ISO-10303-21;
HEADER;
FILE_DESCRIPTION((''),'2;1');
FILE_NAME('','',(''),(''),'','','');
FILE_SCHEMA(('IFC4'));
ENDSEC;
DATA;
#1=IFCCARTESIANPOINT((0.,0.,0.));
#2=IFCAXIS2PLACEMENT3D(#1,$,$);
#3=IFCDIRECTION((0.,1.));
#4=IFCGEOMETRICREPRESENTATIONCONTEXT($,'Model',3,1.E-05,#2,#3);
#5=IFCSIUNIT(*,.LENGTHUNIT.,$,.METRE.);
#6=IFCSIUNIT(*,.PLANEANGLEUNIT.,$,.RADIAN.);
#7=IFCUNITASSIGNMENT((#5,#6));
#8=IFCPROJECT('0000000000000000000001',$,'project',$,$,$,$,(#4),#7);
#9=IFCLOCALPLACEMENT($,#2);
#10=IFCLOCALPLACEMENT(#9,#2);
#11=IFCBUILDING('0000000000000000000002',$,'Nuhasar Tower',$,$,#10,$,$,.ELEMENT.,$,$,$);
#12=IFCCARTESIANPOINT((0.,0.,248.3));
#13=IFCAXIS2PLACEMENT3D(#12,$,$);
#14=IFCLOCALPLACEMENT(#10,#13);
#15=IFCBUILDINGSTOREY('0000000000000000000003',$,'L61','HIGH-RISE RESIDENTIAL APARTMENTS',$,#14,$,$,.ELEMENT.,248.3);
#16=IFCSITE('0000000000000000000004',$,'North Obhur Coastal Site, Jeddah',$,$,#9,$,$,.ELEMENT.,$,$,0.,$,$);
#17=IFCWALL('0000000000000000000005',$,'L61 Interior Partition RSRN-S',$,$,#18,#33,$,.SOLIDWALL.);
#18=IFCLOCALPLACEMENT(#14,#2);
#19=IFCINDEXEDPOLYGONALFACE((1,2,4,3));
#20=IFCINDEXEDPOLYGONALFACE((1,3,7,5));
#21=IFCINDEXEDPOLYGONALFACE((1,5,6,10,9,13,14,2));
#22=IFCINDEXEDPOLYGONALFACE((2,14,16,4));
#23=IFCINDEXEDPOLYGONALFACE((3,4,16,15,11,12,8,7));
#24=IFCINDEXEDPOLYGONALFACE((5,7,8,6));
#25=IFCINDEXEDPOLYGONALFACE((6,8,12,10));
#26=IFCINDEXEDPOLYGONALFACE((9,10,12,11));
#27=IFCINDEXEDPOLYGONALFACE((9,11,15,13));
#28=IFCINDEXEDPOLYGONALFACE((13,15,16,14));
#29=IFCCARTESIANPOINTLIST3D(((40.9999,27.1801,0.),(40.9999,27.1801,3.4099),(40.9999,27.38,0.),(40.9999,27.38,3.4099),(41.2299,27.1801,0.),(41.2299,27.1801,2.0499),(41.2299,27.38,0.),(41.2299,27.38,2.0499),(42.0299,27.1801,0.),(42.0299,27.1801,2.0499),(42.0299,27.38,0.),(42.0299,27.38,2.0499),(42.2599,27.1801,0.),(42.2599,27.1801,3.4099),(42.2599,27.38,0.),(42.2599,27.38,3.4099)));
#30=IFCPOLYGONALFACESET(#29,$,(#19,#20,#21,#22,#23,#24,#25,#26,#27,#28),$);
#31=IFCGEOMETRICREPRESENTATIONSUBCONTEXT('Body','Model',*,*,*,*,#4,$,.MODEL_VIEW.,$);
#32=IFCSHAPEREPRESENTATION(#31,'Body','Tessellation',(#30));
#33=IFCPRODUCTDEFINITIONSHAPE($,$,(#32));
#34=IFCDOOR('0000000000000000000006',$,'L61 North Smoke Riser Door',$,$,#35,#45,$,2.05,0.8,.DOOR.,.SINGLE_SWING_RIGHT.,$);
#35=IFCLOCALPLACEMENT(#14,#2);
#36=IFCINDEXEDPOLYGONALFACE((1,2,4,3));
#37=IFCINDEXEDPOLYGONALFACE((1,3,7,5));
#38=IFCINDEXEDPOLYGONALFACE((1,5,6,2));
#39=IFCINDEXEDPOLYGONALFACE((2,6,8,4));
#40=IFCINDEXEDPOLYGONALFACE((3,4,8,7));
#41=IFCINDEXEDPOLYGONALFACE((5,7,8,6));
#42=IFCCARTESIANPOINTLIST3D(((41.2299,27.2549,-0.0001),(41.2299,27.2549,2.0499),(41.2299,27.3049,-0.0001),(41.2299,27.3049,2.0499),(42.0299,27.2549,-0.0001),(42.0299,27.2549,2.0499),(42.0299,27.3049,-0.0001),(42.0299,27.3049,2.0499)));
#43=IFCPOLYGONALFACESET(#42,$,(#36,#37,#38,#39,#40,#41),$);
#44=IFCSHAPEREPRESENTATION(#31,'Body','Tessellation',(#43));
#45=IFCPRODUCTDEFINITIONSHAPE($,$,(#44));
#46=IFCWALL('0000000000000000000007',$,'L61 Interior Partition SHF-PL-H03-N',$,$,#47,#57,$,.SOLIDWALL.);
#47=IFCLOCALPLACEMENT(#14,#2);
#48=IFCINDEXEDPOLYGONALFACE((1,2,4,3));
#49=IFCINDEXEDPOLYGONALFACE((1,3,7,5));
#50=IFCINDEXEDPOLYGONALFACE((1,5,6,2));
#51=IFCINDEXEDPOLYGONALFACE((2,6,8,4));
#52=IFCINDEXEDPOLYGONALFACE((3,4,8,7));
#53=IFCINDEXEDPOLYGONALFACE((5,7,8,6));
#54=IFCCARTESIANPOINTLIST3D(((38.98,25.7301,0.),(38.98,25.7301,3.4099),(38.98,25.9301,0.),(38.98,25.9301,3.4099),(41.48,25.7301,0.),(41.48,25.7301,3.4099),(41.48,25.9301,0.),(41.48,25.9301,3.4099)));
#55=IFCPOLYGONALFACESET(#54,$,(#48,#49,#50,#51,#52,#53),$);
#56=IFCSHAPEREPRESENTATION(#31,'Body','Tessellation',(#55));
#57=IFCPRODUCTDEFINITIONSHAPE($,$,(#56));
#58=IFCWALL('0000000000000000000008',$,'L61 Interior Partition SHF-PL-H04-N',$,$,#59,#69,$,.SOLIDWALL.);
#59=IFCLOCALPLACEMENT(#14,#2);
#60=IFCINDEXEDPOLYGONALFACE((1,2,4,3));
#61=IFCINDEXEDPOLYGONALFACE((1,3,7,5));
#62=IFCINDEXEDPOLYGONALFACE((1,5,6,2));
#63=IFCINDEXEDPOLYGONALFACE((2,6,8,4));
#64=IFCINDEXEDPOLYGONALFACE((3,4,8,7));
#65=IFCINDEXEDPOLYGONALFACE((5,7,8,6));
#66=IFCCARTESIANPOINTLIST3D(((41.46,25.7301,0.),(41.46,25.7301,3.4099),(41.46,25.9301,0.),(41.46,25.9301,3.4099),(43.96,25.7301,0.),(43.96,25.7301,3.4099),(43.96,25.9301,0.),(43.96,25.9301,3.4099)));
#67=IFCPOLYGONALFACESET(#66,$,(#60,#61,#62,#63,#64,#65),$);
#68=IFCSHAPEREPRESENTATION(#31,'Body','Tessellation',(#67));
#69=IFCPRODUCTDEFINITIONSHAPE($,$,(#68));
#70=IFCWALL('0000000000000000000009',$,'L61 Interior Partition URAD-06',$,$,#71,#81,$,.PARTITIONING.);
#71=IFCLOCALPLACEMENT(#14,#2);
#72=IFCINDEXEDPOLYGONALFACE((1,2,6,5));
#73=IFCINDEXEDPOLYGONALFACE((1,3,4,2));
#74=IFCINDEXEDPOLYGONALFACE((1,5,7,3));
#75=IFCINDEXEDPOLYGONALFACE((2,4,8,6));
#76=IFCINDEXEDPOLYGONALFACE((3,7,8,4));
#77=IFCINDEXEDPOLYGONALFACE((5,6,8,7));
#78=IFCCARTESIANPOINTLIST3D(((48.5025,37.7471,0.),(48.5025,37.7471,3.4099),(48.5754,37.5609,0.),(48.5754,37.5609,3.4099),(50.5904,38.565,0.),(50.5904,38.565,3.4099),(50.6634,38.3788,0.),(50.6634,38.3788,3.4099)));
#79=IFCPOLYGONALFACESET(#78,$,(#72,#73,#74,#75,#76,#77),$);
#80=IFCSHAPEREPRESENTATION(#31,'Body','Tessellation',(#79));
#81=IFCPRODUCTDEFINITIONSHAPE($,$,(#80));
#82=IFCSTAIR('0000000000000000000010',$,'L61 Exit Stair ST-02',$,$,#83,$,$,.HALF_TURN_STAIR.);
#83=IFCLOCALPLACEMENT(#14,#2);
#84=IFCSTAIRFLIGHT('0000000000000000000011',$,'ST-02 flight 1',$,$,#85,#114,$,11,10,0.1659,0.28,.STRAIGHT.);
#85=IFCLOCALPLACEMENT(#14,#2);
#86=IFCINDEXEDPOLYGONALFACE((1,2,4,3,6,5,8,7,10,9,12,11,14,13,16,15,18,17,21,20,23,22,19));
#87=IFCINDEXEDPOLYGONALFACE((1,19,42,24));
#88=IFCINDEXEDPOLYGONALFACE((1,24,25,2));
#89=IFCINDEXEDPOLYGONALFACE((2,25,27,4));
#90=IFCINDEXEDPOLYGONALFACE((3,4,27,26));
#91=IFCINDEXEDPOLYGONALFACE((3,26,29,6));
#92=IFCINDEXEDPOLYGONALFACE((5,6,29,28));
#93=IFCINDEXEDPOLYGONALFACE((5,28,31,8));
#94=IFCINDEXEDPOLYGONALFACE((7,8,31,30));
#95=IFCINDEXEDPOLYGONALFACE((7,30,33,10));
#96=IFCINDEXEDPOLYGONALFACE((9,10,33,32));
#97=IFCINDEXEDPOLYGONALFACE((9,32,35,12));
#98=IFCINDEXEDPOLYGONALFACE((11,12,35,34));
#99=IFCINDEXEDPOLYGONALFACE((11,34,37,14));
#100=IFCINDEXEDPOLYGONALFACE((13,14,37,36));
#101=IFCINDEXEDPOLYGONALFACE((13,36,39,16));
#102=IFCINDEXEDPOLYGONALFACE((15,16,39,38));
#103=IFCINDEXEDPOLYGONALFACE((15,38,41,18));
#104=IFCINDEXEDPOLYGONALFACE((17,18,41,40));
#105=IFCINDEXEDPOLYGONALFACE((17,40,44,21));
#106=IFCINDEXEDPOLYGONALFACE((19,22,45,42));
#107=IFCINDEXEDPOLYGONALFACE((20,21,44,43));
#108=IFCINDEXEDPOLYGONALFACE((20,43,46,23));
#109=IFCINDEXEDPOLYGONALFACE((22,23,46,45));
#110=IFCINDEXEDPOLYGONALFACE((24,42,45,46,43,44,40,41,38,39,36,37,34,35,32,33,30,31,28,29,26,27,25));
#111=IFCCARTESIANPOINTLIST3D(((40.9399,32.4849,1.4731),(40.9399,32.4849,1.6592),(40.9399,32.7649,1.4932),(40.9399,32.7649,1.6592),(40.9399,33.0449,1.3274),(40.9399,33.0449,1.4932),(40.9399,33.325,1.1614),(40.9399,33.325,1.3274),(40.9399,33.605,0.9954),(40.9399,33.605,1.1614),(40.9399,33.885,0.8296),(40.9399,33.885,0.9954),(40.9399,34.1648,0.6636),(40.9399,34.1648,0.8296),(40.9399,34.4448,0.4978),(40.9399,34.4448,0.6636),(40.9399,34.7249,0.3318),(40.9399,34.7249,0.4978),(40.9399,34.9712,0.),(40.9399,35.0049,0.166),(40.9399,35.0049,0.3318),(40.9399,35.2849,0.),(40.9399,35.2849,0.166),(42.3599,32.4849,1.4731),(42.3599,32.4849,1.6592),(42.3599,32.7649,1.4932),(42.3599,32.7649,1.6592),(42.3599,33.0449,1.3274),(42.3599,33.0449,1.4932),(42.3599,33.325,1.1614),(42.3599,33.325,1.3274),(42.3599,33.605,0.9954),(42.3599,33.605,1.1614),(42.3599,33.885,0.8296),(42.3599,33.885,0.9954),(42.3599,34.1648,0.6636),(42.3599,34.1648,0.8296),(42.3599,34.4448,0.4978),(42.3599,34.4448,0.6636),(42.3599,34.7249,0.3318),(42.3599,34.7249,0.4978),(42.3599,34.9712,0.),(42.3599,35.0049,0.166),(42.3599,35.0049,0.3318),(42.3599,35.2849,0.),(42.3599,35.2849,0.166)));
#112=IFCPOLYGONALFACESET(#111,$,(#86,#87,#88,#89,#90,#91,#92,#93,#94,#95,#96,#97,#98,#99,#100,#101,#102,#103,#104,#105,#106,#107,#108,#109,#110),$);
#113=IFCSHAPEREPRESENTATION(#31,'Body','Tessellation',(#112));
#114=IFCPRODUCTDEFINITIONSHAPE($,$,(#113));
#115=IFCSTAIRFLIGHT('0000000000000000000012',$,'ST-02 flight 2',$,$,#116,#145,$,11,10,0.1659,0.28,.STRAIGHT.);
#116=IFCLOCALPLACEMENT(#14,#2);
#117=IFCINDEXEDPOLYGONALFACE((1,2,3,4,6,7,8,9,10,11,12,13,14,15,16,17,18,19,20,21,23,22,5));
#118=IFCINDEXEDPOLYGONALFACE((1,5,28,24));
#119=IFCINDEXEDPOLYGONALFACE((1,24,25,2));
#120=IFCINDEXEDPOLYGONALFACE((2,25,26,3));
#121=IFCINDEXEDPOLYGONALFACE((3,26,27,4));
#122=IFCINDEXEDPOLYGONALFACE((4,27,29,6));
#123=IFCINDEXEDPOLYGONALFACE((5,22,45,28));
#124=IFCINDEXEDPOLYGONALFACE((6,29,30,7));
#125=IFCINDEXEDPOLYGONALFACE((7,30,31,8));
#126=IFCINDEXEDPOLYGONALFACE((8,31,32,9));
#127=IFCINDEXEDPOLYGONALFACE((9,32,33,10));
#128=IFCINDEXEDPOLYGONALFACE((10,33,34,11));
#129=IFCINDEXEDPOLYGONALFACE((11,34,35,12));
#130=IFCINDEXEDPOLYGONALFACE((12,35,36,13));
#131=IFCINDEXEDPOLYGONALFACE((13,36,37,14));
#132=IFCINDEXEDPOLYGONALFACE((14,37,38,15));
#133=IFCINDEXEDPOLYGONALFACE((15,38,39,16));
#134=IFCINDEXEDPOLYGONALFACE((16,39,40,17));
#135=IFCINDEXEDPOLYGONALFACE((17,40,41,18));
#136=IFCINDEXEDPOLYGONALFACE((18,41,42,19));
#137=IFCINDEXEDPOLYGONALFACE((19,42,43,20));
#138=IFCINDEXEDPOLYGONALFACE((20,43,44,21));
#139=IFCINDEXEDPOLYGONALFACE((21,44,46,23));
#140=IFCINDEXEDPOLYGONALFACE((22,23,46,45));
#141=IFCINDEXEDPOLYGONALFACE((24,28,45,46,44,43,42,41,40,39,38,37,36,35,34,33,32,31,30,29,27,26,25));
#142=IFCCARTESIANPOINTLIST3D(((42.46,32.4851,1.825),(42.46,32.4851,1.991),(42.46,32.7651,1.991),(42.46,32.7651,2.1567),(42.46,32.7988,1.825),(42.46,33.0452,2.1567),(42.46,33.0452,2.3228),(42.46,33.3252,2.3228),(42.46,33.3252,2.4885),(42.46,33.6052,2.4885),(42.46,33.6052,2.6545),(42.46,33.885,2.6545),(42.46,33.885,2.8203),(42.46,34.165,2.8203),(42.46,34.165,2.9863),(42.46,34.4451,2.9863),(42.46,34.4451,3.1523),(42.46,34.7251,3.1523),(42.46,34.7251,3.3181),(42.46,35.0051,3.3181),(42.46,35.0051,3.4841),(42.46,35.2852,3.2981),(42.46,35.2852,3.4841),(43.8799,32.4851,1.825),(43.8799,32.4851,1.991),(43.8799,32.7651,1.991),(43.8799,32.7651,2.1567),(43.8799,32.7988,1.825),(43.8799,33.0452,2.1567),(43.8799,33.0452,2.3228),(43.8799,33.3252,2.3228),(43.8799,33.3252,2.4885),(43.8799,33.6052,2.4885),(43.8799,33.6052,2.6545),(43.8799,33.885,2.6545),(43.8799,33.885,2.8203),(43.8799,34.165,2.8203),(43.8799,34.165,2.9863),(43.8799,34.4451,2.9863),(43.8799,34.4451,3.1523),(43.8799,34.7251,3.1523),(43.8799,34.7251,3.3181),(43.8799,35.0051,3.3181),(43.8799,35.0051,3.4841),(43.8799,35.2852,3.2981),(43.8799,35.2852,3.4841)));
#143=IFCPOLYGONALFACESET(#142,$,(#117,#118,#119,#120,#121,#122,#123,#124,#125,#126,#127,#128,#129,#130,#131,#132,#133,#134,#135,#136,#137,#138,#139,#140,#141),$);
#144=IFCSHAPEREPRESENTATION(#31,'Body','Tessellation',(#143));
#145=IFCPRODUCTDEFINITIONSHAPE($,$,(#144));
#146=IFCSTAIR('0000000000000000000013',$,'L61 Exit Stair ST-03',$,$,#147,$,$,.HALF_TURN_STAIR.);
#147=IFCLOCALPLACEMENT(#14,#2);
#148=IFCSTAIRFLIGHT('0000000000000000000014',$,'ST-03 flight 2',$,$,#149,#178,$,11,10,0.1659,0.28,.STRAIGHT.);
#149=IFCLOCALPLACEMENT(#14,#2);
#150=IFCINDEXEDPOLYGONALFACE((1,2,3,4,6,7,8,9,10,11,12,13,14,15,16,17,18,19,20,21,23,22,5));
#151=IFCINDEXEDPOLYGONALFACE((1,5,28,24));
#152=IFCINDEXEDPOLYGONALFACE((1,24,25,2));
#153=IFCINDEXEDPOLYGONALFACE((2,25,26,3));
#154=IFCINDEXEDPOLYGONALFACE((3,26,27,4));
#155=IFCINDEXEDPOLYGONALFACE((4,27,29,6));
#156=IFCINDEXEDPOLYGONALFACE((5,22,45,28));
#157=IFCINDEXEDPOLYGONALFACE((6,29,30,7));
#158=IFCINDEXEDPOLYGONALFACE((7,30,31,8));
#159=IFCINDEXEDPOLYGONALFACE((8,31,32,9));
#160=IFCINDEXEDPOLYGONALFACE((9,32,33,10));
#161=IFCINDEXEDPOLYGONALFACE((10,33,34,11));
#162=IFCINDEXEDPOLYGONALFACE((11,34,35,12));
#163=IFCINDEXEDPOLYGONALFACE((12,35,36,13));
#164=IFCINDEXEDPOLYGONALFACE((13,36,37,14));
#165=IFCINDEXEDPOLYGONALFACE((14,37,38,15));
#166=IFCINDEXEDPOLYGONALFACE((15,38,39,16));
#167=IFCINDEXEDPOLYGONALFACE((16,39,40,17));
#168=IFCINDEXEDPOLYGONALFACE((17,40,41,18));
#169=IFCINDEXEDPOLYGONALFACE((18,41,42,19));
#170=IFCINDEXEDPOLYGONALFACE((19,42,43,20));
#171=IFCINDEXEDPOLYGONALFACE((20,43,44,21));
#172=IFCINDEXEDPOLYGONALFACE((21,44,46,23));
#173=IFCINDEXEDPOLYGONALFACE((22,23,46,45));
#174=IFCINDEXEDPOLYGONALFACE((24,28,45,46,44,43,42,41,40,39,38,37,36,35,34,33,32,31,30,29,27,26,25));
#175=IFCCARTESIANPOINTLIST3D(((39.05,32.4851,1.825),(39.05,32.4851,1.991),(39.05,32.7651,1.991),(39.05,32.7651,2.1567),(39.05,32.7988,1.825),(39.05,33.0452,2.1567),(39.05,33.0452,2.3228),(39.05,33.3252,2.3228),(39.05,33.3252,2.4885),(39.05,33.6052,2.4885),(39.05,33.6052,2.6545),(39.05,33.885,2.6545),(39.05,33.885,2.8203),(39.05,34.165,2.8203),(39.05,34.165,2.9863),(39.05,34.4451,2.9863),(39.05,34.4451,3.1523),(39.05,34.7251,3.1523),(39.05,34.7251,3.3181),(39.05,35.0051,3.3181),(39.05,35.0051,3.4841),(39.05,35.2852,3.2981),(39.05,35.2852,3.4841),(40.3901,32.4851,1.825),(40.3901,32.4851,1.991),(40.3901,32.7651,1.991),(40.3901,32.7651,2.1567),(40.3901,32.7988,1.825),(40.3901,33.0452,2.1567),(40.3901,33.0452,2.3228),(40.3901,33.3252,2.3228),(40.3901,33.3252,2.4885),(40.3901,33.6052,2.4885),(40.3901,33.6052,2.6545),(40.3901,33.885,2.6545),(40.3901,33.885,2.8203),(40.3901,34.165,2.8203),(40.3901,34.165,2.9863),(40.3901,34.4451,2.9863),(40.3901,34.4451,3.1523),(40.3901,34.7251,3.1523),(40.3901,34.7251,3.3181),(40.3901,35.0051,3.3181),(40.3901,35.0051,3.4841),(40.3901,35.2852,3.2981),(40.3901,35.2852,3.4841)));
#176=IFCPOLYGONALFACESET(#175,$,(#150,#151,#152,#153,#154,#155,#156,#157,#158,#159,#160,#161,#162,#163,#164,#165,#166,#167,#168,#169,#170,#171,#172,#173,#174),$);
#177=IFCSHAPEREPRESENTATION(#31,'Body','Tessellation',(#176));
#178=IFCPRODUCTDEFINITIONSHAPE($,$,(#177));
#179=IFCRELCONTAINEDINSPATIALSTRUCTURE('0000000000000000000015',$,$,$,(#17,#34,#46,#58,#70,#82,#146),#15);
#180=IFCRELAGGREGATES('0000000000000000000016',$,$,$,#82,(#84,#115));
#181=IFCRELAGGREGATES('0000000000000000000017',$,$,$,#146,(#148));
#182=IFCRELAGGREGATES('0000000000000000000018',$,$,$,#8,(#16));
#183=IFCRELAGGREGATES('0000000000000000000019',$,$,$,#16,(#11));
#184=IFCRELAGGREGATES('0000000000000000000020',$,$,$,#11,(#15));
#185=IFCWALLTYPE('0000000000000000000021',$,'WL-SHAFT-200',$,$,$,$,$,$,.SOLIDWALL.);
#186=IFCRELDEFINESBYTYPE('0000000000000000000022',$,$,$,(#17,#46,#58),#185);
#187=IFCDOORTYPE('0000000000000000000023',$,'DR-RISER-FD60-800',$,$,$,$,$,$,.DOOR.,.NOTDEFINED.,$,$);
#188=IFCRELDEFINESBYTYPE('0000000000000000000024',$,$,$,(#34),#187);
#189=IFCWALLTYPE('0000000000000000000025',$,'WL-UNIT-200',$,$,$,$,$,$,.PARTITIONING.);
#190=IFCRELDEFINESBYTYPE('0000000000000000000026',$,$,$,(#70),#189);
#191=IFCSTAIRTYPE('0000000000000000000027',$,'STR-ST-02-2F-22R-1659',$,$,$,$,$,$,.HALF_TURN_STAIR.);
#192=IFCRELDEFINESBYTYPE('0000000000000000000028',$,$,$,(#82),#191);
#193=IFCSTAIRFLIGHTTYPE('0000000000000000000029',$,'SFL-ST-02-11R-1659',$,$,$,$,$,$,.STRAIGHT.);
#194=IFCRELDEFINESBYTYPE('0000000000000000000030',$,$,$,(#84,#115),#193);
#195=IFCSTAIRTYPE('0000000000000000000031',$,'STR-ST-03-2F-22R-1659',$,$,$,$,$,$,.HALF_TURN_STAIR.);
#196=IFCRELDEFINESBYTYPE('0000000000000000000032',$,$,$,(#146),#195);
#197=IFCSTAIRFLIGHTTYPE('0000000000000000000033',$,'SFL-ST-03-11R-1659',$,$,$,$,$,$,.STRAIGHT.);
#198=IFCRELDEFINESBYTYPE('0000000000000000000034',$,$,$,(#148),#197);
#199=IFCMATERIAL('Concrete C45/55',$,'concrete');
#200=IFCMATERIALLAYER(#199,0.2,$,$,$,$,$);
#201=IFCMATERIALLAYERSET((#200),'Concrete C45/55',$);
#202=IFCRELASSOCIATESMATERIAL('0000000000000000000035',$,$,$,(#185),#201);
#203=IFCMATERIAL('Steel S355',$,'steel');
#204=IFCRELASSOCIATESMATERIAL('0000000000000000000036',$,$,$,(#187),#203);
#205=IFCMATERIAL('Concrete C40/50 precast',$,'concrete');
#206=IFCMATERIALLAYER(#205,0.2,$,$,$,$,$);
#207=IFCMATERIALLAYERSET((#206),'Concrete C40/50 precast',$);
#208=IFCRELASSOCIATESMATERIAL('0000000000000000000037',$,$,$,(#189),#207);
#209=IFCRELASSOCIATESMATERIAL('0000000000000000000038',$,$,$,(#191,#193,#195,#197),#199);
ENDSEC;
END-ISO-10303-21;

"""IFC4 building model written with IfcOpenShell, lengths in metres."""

from ifc_helpers import new_model, si_unit, direction, frame, frame_2d, origin, place, context, subcontext, project, spatial, polyline, rectangle, outline, extrude, material, layer, layer_set, type_object, element, fill, aggregate, save


model = new_model("IFC4")

# Units and contexts
model_context = context("Model", 3, precision=1e-05, world=origin(), true_north=direction((0.0, 1.0)))
body_context = subcontext(model_context, "Body", "Model", "MODEL_VIEW")
ifc_project = project(units=[si_unit("LENGTHUNIT", "METRE"), si_unit("PLANEANGLEUNIT", "RADIAN")], contexts=[model_context])

# Site, building, storey
site_placement = place(None, origin())
site = spatial("IfcSite", under=ifc_project, at=site_placement, Name="North Obhur Coastal Site, Jeddah", CompositionType="ELEMENT", RefElevation=0.0)
building_placement = place(site_placement, origin())
building = spatial("IfcBuilding", under=site, at=building_placement, Name="Nuhasar Tower", CompositionType="ELEMENT")
storey_placement = place(building_placement, frame((0.0, 0.0, 248.3)))
storey = spatial("IfcBuildingStorey", under=building, at=storey_placement, Name="L61", Description="HIGH-RISE RESIDENTIAL APARTMENTS", CompositionType="ELEMENT", Elevation=248.3)

# Shared definitions
ifc_material_1 = material(Name="Steel S355", Category="steel")

# Shared definitions
ifc_material_2 = material(Name="Concrete C45/55", Category="concrete")
ifc_layer_1 = layer(ifc_material_2, 0.2)
ifc_layer_set_1 = layer_set([ifc_layer_1], Name="Concrete C45/55")
wall_type_1 = type_object("IfcWallType", Name="WL-SHAFT-200", PredefinedType="SOLIDWALL", material=ifc_layer_set_1)

# Wall, opening, door
wall_1_placement = place(storey_placement, frame((41.0, 27.28, 0.0), z_axis=(0.0, 0.0, 1.0), x_axis=(1.0, 0.0, 0.0)))
wall_1 = element("IfcWall", 1, at=wall_1_placement, inside=storey, type_object=wall_type_1, Name="L61 Interior Partition RSRN-S", PredefinedType="SOLIDWALL", context=body_context, shape_type="SweptSolid", body=[
    extrude(rectangle(XDim=1.26, YDim=0.2, at=frame_2d((0.6299, 0.0))), origin(), (0.0, 0.0, 1.0), 3.4099),
])
opening_1_placement = place(wall_1_placement, frame((0.23, 0.0, 0.0)))
opening_1 = element("IfcOpeningElement", 2, at=opening_1_placement, cuts=wall_1, PredefinedType="OPENING", context=body_context, shape_type="SweptSolid", body=[
    extrude(rectangle(XDim=0.8, YDim=2.05, at=frame_2d((0.3999, 1.0249))), frame((0.0, 0.1099, 0.0), z_axis=(0.0, -1.0, 0.0), x_axis=(1.0, 0.0, 0.0)), (0.0, 0.0, 1.0), 0.22),
])
door_type_1 = type_object("IfcDoorType", Name="DR-RISER-FD60-800", OperationType="NOTDEFINED", PredefinedType="DOOR", material=ifc_material_1)
door_1_placement = place(opening_1_placement, origin())
door_1 = element("IfcDoor", 3, at=door_1_placement, inside=storey, type_object=door_type_1, Name="L61 North Smoke Riser Door", OperationType="SINGLE_SWING_RIGHT", OverallHeight=2.05, OverallWidth=0.8, PredefinedType="DOOR", context=body_context, shape_type="SweptSolid", body=[
    extrude(rectangle(XDim=0.8, YDim=2.05, at=frame_2d((0.3999, 1.0249))), frame((0.0, 0.0249, 0.0), z_axis=(0.0, -1.0, 0.0), x_axis=(1.0, 0.0, 0.0)), (0.0, 0.0, 1.0), 0.05),
])
fill(opening_1, door_1)

# Walls
for number, where, z_axis, x_axis, name in (
    (4, (38.98, 25.8301, 0.0), (0.0, 0.0, 1.0), (1.0, 0.0, 0.0), "L61 Interior Partition SHF-PL-H03-N"),
    (5, (41.46, 25.8301, 0.0), (0.0, 0.0, 1.0), (1.0, 0.0, 0.0), "L61 Interior Partition SHF-PL-H04-N"),
):
    element("IfcWall", number, at=place(storey_placement, frame(where, z_axis=z_axis, x_axis=x_axis)), inside=storey, type_object=wall_type_1, Name=name, PredefinedType="SOLIDWALL", context=body_context, shape_type="SweptSolid", body=[
        extrude(rectangle(XDim=2.5, YDim=0.2, at=frame_2d((1.25, 0.0))), origin(), (0.0, 0.0, 1.0), 3.4099),
    ])
ifc_material_3 = material(Name="Concrete C40/50 precast", Category="concrete")
ifc_layer_2 = layer(ifc_material_3, 0.2)
ifc_layer_set_2 = layer_set([ifc_layer_2], Name="Concrete C40/50 precast")
wall_type_2 = type_object("IfcWallType", Name="WL-UNIT-200", PredefinedType="PARTITIONING", material=ifc_layer_set_2)
wall_2_placement = place(storey_placement, frame((48.5391, 37.6541, 0.0), z_axis=(0.0, 0.0, 1.0), x_axis=(0.931111, 0.364736, 0.0)))
element("IfcWall", 6, at=wall_2_placement, inside=storey, type_object=wall_type_2, Name="L61 Interior Partition URAD-06", PredefinedType="PARTITIONING", context=body_context, shape_type="SweptSolid", body=[
    extrude(rectangle(XDim=2.2424, YDim=0.2, at=frame_2d((1.1211, 0.0))), origin(), (0.0, 0.0, 1.0), 3.4099),
])

# Stair, stair flights
stair_type_1 = type_object("IfcStairType", Name="STR-ST-02-2F-22R-1659", PredefinedType="HALF_TURN_STAIR", material=ifc_material_2)
stair_1_placement = place(storey_placement, origin())
stair_1 = element("IfcStair", 7, at=stair_1_placement, inside=storey, type_object=stair_type_1, Name="L61 Exit Stair ST-02", PredefinedType="HALF_TURN_STAIR")
stair_flight_type_1 = type_object("IfcStairFlightType", Name="SFL-ST-02-11R-1659", PredefinedType="STRAIGHT", material=ifc_material_2)
stair_flight_1_placement = place(storey_placement, frame((41.6499, 35.2849, 0.0), z_axis=(0.0, 0.0, 1.0), x_axis=(0.0, -1.0, 0.0)))
stair_flight_1 = element("IfcStairFlight", 8, at=stair_flight_1_placement, type_object=stair_flight_type_1, Name="ST-02 flight 1", NumberOfRisers=11, NumberOfTreads=10, PredefinedType="STRAIGHT", RiserHeight=0.1659, TreadLength=0.28, context=body_context, shape_type="SweptSolid", body=[
    extrude(outline(polyline([(0.0, 0.0), (0.0, 0.166), (0.28, 0.166), (0.28, 0.3318), (0.5601, 0.3318), (0.5601, 0.4978), (0.8401, 0.4978), (0.8401, 0.6636), (1.1201, 0.6636), (1.1201, 0.8296), (1.3999, 0.8296), (1.3999, 0.9954), (1.6799, 0.9954), (1.6799, 1.1614), (1.96, 1.1614), (1.96, 1.3274), (2.24, 1.3274), (2.24, 1.4932), (2.52, 1.4932), (2.52, 1.6592), (2.8, 1.6592), (2.8, 1.825), (2.8, 1.4731), (0.3137, 0.0), (0.0, 0.0)])), frame((0.0, 0.71, 0.0), z_axis=(0.0, -1.0, 0.0), x_axis=(1.0, 0.0, 0.0)), (0.0, 0.0, 1.0), 1.4199),
])
stair_flight_2_placement = place(storey_placement, frame((43.1699, 32.4851, 1.825), z_axis=(0.0, 0.0, 1.0), x_axis=(0.0, 1.0, 0.0)))
stair_flight_2 = element("IfcStairFlight", 9, at=stair_flight_2_placement, type_object=stair_flight_type_1, Name="ST-02 flight 2", NumberOfRisers=11, NumberOfTreads=10, PredefinedType="STRAIGHT", RiserHeight=0.1659, TreadLength=0.28, context=body_context, shape_type="SweptSolid", body=[
    extrude(outline(polyline([(0.0, 0.0), (0.0, 0.166), (0.28, 0.166), (0.28, 0.3318), (0.5601, 0.3318), (0.5601, 0.4978), (0.8401, 0.4978), (0.8401, 0.6636), (1.1201, 0.6636), (1.1201, 0.8296), (1.3999, 0.8296), (1.3999, 0.9954), (1.6799, 0.9954), (1.6799, 1.1614), (1.96, 1.1614), (1.96, 1.3274), (2.24, 1.3274), (2.24, 1.4932), (2.52, 1.4932), (2.52, 1.6592), (2.8, 1.6592), (2.8, 1.825), (2.8, 1.4731), (0.3137, 0.0), (0.0, 0.0)])), frame((0.0, 0.71, 0.0), z_axis=(0.0, -1.0, 0.0), x_axis=(1.0, 0.0, 0.0)), (0.0, 0.0, 1.0), 1.4199),
])
aggregate(stair_1, [stair_flight_1, stair_flight_2])

# Stair, stair flight
stair_type_2 = type_object("IfcStairType", Name="STR-ST-03-2F-22R-1659", PredefinedType="HALF_TURN_STAIR", material=ifc_material_2)
stair_2_placement = place(storey_placement, origin())
stair_2 = element("IfcStair", 10, at=stair_2_placement, inside=storey, type_object=stair_type_2, Name="L61 Exit Stair ST-03", PredefinedType="HALF_TURN_STAIR")
stair_flight_type_2 = type_object("IfcStairFlightType", Name="SFL-ST-03-11R-1659", PredefinedType="STRAIGHT", material=ifc_material_2)
stair_flight_3_placement = place(storey_placement, frame((39.72, 32.4851, 1.825), z_axis=(0.0, 0.0, 1.0), x_axis=(0.0, 1.0, 0.0)))
stair_flight_3 = element("IfcStairFlight", 11, at=stair_flight_3_placement, type_object=stair_flight_type_2, Name="ST-03 flight 2", NumberOfRisers=11, NumberOfTreads=10, PredefinedType="STRAIGHT", RiserHeight=0.1659, TreadLength=0.28, context=body_context, shape_type="SweptSolid", body=[
    extrude(outline(polyline([(0.0, 0.0), (0.0, 0.166), (0.28, 0.166), (0.28, 0.3318), (0.5601, 0.3318), (0.5601, 0.4978), (0.8401, 0.4978), (0.8401, 0.6636), (1.1201, 0.6636), (1.1201, 0.8296), (1.3999, 0.8296), (1.3999, 0.9954), (1.6799, 0.9954), (1.6799, 1.1614), (1.96, 1.1614), (1.96, 1.3274), (2.24, 1.3274), (2.24, 1.4932), (2.52, 1.4932), (2.52, 1.6592), (2.8, 1.6592), (2.8, 1.825), (2.8, 1.4731), (0.3137, 0.0), (0.0, 0.0)])), frame((0.0, 0.6699, 0.0), z_axis=(0.0, -1.0, 0.0), x_axis=(1.0, 0.0, 0.0)), (0.0, 0.0, 1.0), 1.3401),
])
aggregate(stair_2, [stair_flight_3])

save(model, "model.ifc")
